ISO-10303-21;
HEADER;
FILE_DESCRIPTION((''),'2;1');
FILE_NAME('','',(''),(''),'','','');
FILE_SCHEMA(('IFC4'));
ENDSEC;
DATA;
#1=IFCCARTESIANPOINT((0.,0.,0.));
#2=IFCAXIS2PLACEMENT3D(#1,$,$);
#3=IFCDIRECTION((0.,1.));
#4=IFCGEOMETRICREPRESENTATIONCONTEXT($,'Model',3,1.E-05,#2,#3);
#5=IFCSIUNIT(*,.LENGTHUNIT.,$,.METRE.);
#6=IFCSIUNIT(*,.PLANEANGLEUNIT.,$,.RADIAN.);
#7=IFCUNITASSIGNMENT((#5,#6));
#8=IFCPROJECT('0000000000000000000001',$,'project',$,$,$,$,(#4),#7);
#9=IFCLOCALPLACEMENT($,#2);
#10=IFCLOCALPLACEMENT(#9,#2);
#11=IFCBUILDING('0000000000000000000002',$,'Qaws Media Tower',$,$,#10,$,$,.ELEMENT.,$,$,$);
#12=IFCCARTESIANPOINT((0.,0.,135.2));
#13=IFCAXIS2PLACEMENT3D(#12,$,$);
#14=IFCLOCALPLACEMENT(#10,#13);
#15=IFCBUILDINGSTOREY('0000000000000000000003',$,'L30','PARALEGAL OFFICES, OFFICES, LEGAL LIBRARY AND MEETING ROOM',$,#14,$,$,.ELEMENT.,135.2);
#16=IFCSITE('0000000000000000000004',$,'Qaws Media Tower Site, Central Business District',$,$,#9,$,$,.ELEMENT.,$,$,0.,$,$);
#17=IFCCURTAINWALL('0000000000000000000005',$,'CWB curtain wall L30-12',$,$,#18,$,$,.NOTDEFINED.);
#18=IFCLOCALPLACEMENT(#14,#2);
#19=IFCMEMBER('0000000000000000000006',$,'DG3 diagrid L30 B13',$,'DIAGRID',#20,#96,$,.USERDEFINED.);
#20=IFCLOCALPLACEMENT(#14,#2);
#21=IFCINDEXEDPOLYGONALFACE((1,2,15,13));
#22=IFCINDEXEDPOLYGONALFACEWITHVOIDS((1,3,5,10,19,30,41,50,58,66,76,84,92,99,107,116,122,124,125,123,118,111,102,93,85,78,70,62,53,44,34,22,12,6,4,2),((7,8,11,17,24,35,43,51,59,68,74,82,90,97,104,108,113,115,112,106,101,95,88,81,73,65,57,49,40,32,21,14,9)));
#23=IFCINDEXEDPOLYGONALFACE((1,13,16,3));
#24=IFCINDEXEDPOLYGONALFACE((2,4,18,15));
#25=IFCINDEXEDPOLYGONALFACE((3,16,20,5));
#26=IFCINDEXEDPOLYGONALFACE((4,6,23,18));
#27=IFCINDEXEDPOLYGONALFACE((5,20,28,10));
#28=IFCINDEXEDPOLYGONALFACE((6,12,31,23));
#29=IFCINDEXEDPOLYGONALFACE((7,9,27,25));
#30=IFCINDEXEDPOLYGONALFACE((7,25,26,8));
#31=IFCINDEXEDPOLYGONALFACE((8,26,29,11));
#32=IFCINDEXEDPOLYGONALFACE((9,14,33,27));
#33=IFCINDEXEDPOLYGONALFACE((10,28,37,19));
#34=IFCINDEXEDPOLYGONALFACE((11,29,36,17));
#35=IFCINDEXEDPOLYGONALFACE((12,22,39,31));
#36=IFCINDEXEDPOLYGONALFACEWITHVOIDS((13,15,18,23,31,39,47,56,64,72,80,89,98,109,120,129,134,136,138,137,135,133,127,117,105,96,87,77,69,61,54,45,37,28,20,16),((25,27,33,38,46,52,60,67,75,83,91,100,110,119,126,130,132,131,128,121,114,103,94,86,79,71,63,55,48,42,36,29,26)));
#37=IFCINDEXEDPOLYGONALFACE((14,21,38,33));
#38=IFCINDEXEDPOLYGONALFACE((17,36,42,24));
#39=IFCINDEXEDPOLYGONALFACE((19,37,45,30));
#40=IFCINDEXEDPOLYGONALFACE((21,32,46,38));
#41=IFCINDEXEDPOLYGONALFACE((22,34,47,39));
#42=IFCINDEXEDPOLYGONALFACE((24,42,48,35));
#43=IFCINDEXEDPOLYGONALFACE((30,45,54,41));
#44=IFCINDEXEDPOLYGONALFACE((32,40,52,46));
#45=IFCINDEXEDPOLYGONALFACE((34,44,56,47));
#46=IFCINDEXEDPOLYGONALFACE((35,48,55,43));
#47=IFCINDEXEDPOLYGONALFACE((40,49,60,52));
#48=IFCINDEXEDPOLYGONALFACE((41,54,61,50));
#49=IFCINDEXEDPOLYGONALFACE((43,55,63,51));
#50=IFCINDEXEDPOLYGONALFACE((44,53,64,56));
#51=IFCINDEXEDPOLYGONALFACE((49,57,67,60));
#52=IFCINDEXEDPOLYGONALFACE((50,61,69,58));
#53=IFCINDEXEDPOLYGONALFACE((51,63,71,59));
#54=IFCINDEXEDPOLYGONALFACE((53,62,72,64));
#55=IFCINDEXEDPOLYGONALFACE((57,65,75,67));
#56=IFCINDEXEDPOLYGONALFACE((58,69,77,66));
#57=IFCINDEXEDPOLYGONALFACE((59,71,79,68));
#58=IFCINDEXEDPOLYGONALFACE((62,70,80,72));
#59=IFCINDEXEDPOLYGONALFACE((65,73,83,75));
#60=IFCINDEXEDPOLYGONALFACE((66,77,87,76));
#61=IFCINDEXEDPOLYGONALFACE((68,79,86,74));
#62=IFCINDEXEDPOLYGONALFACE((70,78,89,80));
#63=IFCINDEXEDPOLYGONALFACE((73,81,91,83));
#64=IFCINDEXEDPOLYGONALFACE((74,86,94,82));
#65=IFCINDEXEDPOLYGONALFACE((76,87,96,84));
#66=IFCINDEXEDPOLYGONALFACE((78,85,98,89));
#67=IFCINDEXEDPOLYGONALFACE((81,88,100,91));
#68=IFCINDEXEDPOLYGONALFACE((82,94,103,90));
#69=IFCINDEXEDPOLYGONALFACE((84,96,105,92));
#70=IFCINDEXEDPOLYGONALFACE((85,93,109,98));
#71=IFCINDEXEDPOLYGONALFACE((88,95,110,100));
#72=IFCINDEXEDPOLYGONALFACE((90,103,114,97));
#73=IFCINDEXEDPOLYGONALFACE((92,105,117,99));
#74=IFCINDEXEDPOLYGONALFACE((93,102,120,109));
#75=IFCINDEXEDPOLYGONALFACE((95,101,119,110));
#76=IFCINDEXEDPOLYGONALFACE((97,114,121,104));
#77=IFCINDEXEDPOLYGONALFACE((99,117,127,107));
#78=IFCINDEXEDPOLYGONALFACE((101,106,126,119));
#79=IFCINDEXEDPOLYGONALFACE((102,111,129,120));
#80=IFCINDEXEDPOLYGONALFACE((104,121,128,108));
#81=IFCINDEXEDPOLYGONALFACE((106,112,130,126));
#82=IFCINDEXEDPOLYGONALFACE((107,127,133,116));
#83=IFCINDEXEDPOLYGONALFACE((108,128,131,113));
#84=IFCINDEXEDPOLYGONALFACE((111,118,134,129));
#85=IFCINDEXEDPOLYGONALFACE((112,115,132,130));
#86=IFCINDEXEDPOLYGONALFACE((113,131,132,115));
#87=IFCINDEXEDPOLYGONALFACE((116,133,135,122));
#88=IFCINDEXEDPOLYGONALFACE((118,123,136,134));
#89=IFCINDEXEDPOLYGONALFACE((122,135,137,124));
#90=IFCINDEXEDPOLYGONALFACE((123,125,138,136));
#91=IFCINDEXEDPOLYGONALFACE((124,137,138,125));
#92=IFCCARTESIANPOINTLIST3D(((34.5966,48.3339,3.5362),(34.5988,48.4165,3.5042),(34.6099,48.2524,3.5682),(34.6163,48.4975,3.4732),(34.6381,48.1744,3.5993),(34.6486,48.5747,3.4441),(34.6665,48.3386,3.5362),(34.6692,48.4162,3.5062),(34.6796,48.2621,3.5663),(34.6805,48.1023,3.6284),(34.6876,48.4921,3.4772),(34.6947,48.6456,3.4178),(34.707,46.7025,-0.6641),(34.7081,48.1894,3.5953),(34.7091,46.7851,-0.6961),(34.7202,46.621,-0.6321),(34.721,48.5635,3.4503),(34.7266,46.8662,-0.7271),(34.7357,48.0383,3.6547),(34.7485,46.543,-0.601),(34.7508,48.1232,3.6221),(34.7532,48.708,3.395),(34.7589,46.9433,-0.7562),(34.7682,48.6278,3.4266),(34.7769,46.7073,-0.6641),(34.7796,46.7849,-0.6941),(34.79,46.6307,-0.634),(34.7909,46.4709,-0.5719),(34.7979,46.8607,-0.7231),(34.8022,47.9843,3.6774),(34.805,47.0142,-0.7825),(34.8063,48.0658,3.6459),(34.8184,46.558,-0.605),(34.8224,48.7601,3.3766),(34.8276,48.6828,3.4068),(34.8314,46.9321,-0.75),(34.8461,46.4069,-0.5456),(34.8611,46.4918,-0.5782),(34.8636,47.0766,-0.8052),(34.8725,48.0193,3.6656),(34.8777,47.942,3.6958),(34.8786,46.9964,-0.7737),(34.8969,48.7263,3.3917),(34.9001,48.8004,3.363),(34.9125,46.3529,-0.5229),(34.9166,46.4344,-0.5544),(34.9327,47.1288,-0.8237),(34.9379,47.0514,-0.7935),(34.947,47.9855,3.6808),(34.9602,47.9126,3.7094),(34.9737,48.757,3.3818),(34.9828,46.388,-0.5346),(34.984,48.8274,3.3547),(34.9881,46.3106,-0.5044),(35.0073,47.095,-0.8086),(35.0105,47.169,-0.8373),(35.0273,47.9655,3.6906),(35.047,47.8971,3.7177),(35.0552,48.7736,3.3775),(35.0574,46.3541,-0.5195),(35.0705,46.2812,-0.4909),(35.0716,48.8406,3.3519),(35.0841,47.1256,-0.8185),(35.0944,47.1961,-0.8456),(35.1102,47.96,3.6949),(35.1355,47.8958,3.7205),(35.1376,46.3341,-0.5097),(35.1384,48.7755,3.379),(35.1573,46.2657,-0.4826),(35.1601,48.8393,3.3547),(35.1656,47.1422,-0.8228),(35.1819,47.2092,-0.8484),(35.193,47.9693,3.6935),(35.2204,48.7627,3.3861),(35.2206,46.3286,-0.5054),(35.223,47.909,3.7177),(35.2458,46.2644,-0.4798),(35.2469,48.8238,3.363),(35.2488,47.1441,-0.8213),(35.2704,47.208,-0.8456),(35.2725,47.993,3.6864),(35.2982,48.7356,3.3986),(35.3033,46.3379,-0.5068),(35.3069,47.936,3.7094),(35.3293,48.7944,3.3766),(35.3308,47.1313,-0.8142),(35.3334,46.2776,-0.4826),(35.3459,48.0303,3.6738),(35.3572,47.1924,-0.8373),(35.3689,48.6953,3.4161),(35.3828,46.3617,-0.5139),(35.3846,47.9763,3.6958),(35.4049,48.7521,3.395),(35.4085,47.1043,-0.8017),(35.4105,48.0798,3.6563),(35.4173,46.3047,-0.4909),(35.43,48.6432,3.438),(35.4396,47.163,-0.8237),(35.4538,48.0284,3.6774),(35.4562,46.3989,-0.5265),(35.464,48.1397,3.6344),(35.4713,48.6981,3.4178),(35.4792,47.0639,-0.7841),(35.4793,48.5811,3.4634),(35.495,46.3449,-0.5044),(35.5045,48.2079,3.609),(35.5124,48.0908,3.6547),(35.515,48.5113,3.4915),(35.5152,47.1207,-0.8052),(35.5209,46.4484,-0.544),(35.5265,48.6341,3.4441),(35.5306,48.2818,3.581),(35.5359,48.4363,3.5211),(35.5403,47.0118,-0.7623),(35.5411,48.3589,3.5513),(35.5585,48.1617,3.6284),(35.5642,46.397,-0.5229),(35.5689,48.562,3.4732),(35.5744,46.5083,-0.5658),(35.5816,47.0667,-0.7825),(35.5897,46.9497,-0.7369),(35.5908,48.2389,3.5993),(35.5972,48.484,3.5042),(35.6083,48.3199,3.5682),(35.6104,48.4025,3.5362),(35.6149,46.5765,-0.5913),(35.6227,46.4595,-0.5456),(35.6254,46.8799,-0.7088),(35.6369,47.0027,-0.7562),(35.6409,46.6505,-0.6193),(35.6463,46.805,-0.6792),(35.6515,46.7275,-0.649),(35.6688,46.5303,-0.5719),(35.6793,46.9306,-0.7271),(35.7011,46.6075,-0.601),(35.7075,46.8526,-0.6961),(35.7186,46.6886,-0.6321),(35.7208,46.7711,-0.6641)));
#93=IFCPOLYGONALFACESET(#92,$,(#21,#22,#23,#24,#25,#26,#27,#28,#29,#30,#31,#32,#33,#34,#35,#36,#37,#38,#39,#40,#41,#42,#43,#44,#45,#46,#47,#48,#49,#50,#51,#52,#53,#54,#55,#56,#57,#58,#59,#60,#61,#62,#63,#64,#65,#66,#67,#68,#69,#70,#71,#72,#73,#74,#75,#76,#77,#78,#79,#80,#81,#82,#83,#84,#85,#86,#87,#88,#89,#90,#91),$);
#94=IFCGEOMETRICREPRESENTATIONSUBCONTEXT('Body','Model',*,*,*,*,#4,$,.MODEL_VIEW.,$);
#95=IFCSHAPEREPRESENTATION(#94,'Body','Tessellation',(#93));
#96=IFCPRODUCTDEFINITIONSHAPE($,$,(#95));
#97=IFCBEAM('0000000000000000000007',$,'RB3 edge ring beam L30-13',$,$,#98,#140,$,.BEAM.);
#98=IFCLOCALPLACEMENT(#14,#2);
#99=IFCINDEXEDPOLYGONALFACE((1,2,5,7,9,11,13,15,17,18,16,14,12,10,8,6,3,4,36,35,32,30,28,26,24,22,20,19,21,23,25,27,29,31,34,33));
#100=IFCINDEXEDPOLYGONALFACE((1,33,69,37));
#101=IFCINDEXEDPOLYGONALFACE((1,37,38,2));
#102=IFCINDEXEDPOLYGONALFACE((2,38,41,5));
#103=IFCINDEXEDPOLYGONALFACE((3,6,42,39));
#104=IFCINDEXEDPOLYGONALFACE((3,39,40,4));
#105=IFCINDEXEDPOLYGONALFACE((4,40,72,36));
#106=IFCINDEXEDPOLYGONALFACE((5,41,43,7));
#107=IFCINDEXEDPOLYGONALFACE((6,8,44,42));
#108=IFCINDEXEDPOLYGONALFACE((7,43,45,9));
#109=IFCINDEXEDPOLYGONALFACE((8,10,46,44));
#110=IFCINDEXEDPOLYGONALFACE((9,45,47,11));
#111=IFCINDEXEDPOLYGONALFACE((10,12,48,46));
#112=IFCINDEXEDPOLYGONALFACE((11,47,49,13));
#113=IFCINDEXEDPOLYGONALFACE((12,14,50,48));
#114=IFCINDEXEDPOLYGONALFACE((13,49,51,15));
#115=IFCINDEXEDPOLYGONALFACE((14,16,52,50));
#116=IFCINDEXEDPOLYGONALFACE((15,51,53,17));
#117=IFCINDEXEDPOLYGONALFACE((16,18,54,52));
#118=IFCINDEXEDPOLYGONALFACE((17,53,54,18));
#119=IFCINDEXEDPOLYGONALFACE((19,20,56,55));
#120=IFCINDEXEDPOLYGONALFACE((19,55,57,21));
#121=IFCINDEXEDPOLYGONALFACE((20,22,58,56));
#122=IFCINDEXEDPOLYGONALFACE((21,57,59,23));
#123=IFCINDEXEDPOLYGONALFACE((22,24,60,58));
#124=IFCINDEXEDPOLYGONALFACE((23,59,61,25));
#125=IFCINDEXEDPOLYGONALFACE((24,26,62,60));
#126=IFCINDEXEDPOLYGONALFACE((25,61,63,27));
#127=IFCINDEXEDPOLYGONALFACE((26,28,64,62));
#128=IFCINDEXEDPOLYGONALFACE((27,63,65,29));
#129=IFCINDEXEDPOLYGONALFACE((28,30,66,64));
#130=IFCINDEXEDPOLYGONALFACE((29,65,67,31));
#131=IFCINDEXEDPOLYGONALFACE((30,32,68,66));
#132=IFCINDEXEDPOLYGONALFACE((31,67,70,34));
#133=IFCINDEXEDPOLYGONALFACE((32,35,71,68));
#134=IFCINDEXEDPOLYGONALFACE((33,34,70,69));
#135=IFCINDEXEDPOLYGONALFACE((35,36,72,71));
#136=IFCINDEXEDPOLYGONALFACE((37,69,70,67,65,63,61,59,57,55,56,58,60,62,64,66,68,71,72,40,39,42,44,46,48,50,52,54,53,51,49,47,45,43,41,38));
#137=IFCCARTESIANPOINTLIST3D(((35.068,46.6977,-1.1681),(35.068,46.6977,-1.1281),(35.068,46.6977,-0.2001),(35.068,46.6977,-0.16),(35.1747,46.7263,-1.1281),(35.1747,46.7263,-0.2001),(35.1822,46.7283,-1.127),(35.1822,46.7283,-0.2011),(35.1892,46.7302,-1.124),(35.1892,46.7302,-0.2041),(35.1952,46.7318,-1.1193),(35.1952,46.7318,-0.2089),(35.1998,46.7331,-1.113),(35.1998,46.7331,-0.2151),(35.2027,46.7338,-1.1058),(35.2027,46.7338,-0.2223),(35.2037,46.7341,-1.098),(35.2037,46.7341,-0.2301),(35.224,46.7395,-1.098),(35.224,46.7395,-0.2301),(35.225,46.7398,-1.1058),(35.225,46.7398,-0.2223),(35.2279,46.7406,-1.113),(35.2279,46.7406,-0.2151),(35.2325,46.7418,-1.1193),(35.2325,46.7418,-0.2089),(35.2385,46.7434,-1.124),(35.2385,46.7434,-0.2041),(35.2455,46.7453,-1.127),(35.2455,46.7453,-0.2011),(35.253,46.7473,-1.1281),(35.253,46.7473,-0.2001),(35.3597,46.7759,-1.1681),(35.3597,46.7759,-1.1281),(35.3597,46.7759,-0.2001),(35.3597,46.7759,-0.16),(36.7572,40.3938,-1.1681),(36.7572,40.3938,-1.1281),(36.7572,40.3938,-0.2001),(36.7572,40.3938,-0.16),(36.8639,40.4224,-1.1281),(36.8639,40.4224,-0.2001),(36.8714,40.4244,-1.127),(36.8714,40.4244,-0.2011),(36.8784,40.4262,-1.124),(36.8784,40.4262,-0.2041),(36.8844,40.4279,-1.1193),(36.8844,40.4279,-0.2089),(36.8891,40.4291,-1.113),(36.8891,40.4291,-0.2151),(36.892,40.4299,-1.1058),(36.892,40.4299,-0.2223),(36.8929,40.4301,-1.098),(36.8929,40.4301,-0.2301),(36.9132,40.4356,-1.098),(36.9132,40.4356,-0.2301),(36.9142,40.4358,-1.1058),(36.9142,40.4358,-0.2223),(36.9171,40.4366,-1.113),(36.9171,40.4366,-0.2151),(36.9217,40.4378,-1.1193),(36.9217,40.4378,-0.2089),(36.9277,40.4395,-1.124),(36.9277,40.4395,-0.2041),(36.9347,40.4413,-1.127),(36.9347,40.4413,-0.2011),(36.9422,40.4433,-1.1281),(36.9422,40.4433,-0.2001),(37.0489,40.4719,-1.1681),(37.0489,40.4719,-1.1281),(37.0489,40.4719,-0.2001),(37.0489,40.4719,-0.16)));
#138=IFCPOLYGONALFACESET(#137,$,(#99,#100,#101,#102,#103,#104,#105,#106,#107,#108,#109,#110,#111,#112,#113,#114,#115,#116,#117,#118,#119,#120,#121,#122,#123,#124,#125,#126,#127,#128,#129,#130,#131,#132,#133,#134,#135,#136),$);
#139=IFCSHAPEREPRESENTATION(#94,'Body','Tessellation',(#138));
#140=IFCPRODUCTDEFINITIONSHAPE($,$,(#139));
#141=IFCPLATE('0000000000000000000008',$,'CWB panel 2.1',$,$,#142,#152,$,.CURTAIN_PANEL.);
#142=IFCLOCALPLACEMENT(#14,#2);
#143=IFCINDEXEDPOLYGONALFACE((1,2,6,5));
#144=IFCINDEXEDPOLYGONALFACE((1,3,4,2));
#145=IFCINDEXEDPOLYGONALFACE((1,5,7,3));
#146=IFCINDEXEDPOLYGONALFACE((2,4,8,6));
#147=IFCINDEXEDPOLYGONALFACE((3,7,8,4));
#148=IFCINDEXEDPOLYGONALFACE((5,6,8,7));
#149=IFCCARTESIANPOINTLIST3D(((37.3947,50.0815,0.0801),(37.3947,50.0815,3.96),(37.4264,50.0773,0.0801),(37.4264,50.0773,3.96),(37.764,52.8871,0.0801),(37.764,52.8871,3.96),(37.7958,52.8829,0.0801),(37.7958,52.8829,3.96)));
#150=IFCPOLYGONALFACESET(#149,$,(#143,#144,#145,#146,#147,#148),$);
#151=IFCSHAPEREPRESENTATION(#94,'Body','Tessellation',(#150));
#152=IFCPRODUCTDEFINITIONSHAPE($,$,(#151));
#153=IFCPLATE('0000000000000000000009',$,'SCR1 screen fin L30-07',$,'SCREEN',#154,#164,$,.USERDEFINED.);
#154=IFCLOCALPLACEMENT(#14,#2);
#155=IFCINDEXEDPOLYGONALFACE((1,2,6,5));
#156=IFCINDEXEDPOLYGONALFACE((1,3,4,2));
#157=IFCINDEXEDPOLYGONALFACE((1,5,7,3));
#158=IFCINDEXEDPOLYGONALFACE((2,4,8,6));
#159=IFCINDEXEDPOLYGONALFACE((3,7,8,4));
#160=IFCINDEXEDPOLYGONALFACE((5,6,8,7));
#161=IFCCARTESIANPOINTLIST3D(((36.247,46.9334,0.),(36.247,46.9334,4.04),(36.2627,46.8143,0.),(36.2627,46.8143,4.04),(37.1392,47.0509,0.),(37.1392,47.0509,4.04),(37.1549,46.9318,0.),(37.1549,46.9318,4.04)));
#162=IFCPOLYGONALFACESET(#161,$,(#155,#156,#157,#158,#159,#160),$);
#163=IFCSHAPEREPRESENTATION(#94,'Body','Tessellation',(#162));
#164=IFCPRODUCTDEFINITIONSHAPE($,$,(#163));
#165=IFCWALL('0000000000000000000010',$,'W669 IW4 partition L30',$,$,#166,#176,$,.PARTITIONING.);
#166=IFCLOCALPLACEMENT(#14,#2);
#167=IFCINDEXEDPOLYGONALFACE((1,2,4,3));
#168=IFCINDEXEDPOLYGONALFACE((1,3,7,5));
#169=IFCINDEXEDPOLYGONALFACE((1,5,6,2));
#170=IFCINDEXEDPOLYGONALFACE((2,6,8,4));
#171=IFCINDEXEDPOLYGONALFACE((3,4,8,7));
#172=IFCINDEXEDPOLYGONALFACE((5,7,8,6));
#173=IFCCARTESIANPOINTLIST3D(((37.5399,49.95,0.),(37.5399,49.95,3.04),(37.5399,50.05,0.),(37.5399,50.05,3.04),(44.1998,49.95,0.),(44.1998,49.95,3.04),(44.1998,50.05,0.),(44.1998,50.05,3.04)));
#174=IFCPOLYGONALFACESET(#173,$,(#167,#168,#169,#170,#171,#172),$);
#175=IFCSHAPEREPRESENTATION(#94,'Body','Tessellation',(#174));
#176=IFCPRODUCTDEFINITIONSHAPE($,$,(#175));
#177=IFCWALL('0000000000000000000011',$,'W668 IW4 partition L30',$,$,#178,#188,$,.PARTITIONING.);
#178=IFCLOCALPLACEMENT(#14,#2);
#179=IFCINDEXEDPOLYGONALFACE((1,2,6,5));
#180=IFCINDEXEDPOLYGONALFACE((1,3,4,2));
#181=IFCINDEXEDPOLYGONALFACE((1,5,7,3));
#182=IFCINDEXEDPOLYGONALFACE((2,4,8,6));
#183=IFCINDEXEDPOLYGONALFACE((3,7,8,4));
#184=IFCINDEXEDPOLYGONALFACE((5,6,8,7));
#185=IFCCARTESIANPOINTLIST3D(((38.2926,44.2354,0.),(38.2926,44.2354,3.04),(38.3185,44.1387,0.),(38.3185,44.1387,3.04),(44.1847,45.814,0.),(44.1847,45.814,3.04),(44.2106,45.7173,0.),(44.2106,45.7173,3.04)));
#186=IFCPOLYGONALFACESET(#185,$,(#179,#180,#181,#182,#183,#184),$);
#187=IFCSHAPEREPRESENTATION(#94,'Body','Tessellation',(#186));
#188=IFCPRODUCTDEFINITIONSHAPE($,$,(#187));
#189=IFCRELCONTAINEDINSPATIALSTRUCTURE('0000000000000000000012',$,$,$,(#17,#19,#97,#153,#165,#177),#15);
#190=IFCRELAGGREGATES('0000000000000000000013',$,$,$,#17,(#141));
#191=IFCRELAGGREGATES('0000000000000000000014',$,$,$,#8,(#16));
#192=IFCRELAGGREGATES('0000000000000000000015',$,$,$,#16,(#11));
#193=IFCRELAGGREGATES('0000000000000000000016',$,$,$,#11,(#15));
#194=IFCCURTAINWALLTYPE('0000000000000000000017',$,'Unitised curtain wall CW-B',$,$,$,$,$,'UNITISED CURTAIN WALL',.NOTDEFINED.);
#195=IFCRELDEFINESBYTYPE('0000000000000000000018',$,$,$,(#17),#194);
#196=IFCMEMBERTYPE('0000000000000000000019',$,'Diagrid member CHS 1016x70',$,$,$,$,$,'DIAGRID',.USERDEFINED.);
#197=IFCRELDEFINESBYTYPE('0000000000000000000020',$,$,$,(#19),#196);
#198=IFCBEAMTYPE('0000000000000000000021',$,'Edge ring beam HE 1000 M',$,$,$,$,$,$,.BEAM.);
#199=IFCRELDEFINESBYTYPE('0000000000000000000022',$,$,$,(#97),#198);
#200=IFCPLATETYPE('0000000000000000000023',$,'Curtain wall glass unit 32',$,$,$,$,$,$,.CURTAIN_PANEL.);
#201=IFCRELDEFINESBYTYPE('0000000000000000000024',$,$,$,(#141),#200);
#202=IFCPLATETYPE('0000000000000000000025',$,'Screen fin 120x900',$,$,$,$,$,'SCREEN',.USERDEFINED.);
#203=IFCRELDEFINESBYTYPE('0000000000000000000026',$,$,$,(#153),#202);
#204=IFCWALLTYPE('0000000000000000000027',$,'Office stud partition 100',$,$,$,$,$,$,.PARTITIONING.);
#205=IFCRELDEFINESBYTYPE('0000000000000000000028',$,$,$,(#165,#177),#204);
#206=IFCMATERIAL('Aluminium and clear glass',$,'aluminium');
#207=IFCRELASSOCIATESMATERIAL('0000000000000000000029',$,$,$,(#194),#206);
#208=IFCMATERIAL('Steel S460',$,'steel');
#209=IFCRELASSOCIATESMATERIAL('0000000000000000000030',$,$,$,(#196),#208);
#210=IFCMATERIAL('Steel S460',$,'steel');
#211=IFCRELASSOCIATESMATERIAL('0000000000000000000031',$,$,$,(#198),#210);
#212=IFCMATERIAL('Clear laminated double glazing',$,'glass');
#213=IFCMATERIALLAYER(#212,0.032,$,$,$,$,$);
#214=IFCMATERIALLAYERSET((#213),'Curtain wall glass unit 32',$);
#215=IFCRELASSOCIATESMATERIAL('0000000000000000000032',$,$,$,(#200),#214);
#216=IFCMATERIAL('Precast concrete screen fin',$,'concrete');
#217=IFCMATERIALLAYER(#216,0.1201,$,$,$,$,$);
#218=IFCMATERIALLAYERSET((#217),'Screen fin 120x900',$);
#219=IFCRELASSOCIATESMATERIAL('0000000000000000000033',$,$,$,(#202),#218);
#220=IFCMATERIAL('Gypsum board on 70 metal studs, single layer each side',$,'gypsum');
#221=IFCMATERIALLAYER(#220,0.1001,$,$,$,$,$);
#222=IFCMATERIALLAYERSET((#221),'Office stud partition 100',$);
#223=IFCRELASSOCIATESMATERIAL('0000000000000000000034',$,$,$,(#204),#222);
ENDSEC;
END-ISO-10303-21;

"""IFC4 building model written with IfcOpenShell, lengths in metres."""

from ifc_helpers import new_model, si_unit, direction, frame, frame_2d, origin, origin_2d, place, context, subcontext, project, spatial, rectangle, hollow_circle, i_section, extrude, material, layer, layer_set, material_profile, profile_set, type_object, element, aggregate, save


model = new_model("IFC4")

# Units and contexts
model_context = context("Model", 3, precision=1e-05, world=origin(), true_north=direction((0.0, 1.0)))
body_context = subcontext(model_context, "Body", "Model", "MODEL_VIEW")
ifc_project = project(units=[si_unit("LENGTHUNIT", "METRE"), si_unit("PLANEANGLEUNIT", "RADIAN")], contexts=[model_context])

# Site, building, storey
site_placement = place(None, origin())
site = spatial("IfcSite", under=ifc_project, at=site_placement, Name="Qaws Media Tower Site, Central Business District", CompositionType="ELEMENT", RefElevation=0.0)
building_placement = place(site_placement, origin())
building = spatial("IfcBuilding", under=site, at=building_placement, Name="Qaws Media Tower", CompositionType="ELEMENT")
storey_placement = place(building_placement, frame((0.0, 0.0, 135.2)))
storey = spatial("IfcBuildingStorey", under=building, at=storey_placement, Name="L30", Description="PARALEGAL OFFICES, OFFICES, LEGAL LIBRARY AND MEETING ROOM", CompositionType="ELEMENT", Elevation=135.2)

# Curtain wall
ifc_material_1 = material(Name="Aluminium and clear glass", Category="aluminium")
curtain_wall_type = type_object("IfcCurtainWallType", Name="Unitised curtain wall CW-B", ElementType="UNITISED CURTAIN WALL", PredefinedType="NOTDEFINED", material=ifc_material_1)
curtain_wall_1_placement = place(storey_placement, origin())
curtain_wall_1 = element("IfcCurtainWall", 1, at=curtain_wall_1_placement, inside=storey, type_object=curtain_wall_type, Name="CWB curtain wall L30-12", PredefinedType="NOTDEFINED")

# Member
ifc_material_2 = material(Name="Steel S460", Category="steel")
ifc_material_profile_1 = material_profile(ifc_material_2, hollow_circle(Radius=0.5081, WallThickness=0.0701, at=origin_2d()), Name="CHS 1016x70")
ifc_profile_set_1 = profile_set([ifc_material_profile_1], Name="Steel S460")
member_type_1 = type_object("IfcMemberType", Name="Diagrid member CHS 1016x70", ElementType="DIAGRID", PredefinedType="USERDEFINED", material=ifc_profile_set_1)
member_1_placement = place(storey_placement, frame((35.2139, 46.7368, -0.6641), z_axis=(-0.024483, 0.36194, 0.93188), x_axis=(-0.99772, -0.06749, 0.0)))
element("IfcMember", 2, at=member_1_placement, inside=storey, type_object=member_type_1, Name="DG3 diagrid L30 B13", ObjectType="DIAGRID", PredefinedType="USERDEFINED", context=body_context, shape_type="SweptSolid", body=[
    extrude(hollow_circle(Radius=0.5081, WallThickness=0.0701, at=origin_2d()), origin(), (0.0, 0.0, 1.0), 4.5073),
])

# Beam
ifc_material_3 = material(Name="Steel S460", Category="steel")
ifc_material_profile_2 = material_profile(ifc_material_3, i_section(OverallWidth=0.302, OverallDepth=1.0081, WebThickness=0.021, FlangeThickness=0.04, FilletRadius=0.03, at=origin_2d()), Name="HE 1000 M")
ifc_profile_set_2 = profile_set([ifc_material_profile_2], Name="Steel S460")
beam_type = type_object("IfcBeamType", Name="Edge ring beam HE 1000 M", PredefinedType="BEAM", material=ifc_profile_set_2)
beam_placement = place(storey_placement, frame((35.2139, 46.7368, -0.6641), z_axis=(0.258829, -0.965923, 0.0), x_axis=(0.965923, 0.258829, 0.0)))
element("IfcBeam", 3, at=beam_placement, inside=storey, type_object=beam_type, Name="RB3 edge ring beam L30-13", PredefinedType="BEAM", context=body_context, shape_type="SweptSolid", body=[
    extrude(i_section(OverallWidth=0.302, OverallDepth=1.0081, WebThickness=0.021, FlangeThickness=0.04, FilletRadius=0.03, at=origin_2d()), origin(), (0.0, 0.0, 1.0), 6.5264),
])

# Plates
ifc_material_4 = material(Name="Clear laminated double glazing", Category="glass")
ifc_layer_1 = layer(ifc_material_4, 0.032)
ifc_layer_set_1 = layer_set([ifc_layer_1], Name="Curtain wall glass unit 32")
plate_type_1 = type_object("IfcPlateType", Name="Curtain wall glass unit 32", PredefinedType="CURTAIN_PANEL", material=ifc_layer_set_1)
plate_1_placement = place(storey_placement, frame((37.5952, 51.4822, 0.0801), z_axis=(0.0, 0.0, 1.0), x_axis=(-0.130526, -0.991445, 0.0)))
plate_1 = element("IfcPlate", 4, at=plate_1_placement, type_object=plate_type_1, Name="CWB panel 2.1", PredefinedType="CURTAIN_PANEL", context=body_context, shape_type="SweptSolid", body=[
    extrude(rectangle(XDim=2.8298, YDim=0.032, at=origin_2d()), origin(), (0.0, 0.0, 1.0), 3.8799),
])
aggregate(curtain_wall_1, [plate_1])
ifc_material_5 = material(Name="Precast concrete screen fin", Category="concrete")
ifc_layer_2 = layer(ifc_material_5, 0.1201)
ifc_layer_set_2 = layer_set([ifc_layer_2], Name="Screen fin 120x900")
plate_type_2 = type_object("IfcPlateType", Name="Screen fin 120x900", ElementType="SCREEN", PredefinedType="USERDEFINED", material=ifc_layer_set_2)
plate_2_placement = place(storey_placement, frame((36.7009, 46.9326, 0.0), z_axis=(0.0, 0.0, 1.0), x_axis=(-0.991445, -0.130526, 0.0)))
element("IfcPlate", 5, at=plate_2_placement, inside=storey, type_object=plate_type_2, Name="SCR1 screen fin L30-07", ObjectType="SCREEN", PredefinedType="USERDEFINED", context=body_context, shape_type="SweptSolid", body=[
    extrude(rectangle(XDim=0.8999, YDim=0.1201, at=origin_2d()), origin(), (0.0, 0.0, 1.0), 4.04),
])

# Walls
ifc_material_6 = material(Name="Gypsum board on 70 metal studs, single layer each side", Category="gypsum")
ifc_layer_3 = layer(ifc_material_6, 0.1001)
ifc_layer_set_3 = layer_set([ifc_layer_3], Name="Office stud partition 100")
wall_type_1 = type_object("IfcWallType", Name="Office stud partition 100", PredefinedType="PARTITIONING", material=ifc_layer_set_3)
wall_1_placement = place(storey_placement, frame((44.2, 50.0, 0.0), z_axis=(0.0, 0.0, 1.0), x_axis=(-1.0, 0.0, 0.0)))
element("IfcWall", 6, at=wall_1_placement, inside=storey, type_object=wall_type_1, Name="W669 IW4 partition L30", PredefinedType="PARTITIONING", context=body_context, shape_type="SweptSolid", body=[
    extrude(rectangle(XDim=6.6599, YDim=0.1001, at=frame_2d((3.3301, 0.0))), origin(), (0.0, 0.0, 1.0), 3.04),
])
wall_2_placement = place(storey_placement, frame((44.1975, 45.7656, 0.0), z_axis=(0.0, 0.0, 1.0), x_axis=(-0.965933, -0.258793, 0.0)))
element("IfcWall", 7, at=wall_2_placement, inside=storey, type_object=wall_type_1, Name="W668 IW4 partition L30", PredefinedType="PARTITIONING", context=body_context, shape_type="SweptSolid", body=[
    extrude(rectangle(XDim=6.0999, YDim=0.1001, at=frame_2d((3.0498, 0.0))), origin(), (0.0, 0.0, 1.0), 3.04),
])

save(model, "model.ifc")
